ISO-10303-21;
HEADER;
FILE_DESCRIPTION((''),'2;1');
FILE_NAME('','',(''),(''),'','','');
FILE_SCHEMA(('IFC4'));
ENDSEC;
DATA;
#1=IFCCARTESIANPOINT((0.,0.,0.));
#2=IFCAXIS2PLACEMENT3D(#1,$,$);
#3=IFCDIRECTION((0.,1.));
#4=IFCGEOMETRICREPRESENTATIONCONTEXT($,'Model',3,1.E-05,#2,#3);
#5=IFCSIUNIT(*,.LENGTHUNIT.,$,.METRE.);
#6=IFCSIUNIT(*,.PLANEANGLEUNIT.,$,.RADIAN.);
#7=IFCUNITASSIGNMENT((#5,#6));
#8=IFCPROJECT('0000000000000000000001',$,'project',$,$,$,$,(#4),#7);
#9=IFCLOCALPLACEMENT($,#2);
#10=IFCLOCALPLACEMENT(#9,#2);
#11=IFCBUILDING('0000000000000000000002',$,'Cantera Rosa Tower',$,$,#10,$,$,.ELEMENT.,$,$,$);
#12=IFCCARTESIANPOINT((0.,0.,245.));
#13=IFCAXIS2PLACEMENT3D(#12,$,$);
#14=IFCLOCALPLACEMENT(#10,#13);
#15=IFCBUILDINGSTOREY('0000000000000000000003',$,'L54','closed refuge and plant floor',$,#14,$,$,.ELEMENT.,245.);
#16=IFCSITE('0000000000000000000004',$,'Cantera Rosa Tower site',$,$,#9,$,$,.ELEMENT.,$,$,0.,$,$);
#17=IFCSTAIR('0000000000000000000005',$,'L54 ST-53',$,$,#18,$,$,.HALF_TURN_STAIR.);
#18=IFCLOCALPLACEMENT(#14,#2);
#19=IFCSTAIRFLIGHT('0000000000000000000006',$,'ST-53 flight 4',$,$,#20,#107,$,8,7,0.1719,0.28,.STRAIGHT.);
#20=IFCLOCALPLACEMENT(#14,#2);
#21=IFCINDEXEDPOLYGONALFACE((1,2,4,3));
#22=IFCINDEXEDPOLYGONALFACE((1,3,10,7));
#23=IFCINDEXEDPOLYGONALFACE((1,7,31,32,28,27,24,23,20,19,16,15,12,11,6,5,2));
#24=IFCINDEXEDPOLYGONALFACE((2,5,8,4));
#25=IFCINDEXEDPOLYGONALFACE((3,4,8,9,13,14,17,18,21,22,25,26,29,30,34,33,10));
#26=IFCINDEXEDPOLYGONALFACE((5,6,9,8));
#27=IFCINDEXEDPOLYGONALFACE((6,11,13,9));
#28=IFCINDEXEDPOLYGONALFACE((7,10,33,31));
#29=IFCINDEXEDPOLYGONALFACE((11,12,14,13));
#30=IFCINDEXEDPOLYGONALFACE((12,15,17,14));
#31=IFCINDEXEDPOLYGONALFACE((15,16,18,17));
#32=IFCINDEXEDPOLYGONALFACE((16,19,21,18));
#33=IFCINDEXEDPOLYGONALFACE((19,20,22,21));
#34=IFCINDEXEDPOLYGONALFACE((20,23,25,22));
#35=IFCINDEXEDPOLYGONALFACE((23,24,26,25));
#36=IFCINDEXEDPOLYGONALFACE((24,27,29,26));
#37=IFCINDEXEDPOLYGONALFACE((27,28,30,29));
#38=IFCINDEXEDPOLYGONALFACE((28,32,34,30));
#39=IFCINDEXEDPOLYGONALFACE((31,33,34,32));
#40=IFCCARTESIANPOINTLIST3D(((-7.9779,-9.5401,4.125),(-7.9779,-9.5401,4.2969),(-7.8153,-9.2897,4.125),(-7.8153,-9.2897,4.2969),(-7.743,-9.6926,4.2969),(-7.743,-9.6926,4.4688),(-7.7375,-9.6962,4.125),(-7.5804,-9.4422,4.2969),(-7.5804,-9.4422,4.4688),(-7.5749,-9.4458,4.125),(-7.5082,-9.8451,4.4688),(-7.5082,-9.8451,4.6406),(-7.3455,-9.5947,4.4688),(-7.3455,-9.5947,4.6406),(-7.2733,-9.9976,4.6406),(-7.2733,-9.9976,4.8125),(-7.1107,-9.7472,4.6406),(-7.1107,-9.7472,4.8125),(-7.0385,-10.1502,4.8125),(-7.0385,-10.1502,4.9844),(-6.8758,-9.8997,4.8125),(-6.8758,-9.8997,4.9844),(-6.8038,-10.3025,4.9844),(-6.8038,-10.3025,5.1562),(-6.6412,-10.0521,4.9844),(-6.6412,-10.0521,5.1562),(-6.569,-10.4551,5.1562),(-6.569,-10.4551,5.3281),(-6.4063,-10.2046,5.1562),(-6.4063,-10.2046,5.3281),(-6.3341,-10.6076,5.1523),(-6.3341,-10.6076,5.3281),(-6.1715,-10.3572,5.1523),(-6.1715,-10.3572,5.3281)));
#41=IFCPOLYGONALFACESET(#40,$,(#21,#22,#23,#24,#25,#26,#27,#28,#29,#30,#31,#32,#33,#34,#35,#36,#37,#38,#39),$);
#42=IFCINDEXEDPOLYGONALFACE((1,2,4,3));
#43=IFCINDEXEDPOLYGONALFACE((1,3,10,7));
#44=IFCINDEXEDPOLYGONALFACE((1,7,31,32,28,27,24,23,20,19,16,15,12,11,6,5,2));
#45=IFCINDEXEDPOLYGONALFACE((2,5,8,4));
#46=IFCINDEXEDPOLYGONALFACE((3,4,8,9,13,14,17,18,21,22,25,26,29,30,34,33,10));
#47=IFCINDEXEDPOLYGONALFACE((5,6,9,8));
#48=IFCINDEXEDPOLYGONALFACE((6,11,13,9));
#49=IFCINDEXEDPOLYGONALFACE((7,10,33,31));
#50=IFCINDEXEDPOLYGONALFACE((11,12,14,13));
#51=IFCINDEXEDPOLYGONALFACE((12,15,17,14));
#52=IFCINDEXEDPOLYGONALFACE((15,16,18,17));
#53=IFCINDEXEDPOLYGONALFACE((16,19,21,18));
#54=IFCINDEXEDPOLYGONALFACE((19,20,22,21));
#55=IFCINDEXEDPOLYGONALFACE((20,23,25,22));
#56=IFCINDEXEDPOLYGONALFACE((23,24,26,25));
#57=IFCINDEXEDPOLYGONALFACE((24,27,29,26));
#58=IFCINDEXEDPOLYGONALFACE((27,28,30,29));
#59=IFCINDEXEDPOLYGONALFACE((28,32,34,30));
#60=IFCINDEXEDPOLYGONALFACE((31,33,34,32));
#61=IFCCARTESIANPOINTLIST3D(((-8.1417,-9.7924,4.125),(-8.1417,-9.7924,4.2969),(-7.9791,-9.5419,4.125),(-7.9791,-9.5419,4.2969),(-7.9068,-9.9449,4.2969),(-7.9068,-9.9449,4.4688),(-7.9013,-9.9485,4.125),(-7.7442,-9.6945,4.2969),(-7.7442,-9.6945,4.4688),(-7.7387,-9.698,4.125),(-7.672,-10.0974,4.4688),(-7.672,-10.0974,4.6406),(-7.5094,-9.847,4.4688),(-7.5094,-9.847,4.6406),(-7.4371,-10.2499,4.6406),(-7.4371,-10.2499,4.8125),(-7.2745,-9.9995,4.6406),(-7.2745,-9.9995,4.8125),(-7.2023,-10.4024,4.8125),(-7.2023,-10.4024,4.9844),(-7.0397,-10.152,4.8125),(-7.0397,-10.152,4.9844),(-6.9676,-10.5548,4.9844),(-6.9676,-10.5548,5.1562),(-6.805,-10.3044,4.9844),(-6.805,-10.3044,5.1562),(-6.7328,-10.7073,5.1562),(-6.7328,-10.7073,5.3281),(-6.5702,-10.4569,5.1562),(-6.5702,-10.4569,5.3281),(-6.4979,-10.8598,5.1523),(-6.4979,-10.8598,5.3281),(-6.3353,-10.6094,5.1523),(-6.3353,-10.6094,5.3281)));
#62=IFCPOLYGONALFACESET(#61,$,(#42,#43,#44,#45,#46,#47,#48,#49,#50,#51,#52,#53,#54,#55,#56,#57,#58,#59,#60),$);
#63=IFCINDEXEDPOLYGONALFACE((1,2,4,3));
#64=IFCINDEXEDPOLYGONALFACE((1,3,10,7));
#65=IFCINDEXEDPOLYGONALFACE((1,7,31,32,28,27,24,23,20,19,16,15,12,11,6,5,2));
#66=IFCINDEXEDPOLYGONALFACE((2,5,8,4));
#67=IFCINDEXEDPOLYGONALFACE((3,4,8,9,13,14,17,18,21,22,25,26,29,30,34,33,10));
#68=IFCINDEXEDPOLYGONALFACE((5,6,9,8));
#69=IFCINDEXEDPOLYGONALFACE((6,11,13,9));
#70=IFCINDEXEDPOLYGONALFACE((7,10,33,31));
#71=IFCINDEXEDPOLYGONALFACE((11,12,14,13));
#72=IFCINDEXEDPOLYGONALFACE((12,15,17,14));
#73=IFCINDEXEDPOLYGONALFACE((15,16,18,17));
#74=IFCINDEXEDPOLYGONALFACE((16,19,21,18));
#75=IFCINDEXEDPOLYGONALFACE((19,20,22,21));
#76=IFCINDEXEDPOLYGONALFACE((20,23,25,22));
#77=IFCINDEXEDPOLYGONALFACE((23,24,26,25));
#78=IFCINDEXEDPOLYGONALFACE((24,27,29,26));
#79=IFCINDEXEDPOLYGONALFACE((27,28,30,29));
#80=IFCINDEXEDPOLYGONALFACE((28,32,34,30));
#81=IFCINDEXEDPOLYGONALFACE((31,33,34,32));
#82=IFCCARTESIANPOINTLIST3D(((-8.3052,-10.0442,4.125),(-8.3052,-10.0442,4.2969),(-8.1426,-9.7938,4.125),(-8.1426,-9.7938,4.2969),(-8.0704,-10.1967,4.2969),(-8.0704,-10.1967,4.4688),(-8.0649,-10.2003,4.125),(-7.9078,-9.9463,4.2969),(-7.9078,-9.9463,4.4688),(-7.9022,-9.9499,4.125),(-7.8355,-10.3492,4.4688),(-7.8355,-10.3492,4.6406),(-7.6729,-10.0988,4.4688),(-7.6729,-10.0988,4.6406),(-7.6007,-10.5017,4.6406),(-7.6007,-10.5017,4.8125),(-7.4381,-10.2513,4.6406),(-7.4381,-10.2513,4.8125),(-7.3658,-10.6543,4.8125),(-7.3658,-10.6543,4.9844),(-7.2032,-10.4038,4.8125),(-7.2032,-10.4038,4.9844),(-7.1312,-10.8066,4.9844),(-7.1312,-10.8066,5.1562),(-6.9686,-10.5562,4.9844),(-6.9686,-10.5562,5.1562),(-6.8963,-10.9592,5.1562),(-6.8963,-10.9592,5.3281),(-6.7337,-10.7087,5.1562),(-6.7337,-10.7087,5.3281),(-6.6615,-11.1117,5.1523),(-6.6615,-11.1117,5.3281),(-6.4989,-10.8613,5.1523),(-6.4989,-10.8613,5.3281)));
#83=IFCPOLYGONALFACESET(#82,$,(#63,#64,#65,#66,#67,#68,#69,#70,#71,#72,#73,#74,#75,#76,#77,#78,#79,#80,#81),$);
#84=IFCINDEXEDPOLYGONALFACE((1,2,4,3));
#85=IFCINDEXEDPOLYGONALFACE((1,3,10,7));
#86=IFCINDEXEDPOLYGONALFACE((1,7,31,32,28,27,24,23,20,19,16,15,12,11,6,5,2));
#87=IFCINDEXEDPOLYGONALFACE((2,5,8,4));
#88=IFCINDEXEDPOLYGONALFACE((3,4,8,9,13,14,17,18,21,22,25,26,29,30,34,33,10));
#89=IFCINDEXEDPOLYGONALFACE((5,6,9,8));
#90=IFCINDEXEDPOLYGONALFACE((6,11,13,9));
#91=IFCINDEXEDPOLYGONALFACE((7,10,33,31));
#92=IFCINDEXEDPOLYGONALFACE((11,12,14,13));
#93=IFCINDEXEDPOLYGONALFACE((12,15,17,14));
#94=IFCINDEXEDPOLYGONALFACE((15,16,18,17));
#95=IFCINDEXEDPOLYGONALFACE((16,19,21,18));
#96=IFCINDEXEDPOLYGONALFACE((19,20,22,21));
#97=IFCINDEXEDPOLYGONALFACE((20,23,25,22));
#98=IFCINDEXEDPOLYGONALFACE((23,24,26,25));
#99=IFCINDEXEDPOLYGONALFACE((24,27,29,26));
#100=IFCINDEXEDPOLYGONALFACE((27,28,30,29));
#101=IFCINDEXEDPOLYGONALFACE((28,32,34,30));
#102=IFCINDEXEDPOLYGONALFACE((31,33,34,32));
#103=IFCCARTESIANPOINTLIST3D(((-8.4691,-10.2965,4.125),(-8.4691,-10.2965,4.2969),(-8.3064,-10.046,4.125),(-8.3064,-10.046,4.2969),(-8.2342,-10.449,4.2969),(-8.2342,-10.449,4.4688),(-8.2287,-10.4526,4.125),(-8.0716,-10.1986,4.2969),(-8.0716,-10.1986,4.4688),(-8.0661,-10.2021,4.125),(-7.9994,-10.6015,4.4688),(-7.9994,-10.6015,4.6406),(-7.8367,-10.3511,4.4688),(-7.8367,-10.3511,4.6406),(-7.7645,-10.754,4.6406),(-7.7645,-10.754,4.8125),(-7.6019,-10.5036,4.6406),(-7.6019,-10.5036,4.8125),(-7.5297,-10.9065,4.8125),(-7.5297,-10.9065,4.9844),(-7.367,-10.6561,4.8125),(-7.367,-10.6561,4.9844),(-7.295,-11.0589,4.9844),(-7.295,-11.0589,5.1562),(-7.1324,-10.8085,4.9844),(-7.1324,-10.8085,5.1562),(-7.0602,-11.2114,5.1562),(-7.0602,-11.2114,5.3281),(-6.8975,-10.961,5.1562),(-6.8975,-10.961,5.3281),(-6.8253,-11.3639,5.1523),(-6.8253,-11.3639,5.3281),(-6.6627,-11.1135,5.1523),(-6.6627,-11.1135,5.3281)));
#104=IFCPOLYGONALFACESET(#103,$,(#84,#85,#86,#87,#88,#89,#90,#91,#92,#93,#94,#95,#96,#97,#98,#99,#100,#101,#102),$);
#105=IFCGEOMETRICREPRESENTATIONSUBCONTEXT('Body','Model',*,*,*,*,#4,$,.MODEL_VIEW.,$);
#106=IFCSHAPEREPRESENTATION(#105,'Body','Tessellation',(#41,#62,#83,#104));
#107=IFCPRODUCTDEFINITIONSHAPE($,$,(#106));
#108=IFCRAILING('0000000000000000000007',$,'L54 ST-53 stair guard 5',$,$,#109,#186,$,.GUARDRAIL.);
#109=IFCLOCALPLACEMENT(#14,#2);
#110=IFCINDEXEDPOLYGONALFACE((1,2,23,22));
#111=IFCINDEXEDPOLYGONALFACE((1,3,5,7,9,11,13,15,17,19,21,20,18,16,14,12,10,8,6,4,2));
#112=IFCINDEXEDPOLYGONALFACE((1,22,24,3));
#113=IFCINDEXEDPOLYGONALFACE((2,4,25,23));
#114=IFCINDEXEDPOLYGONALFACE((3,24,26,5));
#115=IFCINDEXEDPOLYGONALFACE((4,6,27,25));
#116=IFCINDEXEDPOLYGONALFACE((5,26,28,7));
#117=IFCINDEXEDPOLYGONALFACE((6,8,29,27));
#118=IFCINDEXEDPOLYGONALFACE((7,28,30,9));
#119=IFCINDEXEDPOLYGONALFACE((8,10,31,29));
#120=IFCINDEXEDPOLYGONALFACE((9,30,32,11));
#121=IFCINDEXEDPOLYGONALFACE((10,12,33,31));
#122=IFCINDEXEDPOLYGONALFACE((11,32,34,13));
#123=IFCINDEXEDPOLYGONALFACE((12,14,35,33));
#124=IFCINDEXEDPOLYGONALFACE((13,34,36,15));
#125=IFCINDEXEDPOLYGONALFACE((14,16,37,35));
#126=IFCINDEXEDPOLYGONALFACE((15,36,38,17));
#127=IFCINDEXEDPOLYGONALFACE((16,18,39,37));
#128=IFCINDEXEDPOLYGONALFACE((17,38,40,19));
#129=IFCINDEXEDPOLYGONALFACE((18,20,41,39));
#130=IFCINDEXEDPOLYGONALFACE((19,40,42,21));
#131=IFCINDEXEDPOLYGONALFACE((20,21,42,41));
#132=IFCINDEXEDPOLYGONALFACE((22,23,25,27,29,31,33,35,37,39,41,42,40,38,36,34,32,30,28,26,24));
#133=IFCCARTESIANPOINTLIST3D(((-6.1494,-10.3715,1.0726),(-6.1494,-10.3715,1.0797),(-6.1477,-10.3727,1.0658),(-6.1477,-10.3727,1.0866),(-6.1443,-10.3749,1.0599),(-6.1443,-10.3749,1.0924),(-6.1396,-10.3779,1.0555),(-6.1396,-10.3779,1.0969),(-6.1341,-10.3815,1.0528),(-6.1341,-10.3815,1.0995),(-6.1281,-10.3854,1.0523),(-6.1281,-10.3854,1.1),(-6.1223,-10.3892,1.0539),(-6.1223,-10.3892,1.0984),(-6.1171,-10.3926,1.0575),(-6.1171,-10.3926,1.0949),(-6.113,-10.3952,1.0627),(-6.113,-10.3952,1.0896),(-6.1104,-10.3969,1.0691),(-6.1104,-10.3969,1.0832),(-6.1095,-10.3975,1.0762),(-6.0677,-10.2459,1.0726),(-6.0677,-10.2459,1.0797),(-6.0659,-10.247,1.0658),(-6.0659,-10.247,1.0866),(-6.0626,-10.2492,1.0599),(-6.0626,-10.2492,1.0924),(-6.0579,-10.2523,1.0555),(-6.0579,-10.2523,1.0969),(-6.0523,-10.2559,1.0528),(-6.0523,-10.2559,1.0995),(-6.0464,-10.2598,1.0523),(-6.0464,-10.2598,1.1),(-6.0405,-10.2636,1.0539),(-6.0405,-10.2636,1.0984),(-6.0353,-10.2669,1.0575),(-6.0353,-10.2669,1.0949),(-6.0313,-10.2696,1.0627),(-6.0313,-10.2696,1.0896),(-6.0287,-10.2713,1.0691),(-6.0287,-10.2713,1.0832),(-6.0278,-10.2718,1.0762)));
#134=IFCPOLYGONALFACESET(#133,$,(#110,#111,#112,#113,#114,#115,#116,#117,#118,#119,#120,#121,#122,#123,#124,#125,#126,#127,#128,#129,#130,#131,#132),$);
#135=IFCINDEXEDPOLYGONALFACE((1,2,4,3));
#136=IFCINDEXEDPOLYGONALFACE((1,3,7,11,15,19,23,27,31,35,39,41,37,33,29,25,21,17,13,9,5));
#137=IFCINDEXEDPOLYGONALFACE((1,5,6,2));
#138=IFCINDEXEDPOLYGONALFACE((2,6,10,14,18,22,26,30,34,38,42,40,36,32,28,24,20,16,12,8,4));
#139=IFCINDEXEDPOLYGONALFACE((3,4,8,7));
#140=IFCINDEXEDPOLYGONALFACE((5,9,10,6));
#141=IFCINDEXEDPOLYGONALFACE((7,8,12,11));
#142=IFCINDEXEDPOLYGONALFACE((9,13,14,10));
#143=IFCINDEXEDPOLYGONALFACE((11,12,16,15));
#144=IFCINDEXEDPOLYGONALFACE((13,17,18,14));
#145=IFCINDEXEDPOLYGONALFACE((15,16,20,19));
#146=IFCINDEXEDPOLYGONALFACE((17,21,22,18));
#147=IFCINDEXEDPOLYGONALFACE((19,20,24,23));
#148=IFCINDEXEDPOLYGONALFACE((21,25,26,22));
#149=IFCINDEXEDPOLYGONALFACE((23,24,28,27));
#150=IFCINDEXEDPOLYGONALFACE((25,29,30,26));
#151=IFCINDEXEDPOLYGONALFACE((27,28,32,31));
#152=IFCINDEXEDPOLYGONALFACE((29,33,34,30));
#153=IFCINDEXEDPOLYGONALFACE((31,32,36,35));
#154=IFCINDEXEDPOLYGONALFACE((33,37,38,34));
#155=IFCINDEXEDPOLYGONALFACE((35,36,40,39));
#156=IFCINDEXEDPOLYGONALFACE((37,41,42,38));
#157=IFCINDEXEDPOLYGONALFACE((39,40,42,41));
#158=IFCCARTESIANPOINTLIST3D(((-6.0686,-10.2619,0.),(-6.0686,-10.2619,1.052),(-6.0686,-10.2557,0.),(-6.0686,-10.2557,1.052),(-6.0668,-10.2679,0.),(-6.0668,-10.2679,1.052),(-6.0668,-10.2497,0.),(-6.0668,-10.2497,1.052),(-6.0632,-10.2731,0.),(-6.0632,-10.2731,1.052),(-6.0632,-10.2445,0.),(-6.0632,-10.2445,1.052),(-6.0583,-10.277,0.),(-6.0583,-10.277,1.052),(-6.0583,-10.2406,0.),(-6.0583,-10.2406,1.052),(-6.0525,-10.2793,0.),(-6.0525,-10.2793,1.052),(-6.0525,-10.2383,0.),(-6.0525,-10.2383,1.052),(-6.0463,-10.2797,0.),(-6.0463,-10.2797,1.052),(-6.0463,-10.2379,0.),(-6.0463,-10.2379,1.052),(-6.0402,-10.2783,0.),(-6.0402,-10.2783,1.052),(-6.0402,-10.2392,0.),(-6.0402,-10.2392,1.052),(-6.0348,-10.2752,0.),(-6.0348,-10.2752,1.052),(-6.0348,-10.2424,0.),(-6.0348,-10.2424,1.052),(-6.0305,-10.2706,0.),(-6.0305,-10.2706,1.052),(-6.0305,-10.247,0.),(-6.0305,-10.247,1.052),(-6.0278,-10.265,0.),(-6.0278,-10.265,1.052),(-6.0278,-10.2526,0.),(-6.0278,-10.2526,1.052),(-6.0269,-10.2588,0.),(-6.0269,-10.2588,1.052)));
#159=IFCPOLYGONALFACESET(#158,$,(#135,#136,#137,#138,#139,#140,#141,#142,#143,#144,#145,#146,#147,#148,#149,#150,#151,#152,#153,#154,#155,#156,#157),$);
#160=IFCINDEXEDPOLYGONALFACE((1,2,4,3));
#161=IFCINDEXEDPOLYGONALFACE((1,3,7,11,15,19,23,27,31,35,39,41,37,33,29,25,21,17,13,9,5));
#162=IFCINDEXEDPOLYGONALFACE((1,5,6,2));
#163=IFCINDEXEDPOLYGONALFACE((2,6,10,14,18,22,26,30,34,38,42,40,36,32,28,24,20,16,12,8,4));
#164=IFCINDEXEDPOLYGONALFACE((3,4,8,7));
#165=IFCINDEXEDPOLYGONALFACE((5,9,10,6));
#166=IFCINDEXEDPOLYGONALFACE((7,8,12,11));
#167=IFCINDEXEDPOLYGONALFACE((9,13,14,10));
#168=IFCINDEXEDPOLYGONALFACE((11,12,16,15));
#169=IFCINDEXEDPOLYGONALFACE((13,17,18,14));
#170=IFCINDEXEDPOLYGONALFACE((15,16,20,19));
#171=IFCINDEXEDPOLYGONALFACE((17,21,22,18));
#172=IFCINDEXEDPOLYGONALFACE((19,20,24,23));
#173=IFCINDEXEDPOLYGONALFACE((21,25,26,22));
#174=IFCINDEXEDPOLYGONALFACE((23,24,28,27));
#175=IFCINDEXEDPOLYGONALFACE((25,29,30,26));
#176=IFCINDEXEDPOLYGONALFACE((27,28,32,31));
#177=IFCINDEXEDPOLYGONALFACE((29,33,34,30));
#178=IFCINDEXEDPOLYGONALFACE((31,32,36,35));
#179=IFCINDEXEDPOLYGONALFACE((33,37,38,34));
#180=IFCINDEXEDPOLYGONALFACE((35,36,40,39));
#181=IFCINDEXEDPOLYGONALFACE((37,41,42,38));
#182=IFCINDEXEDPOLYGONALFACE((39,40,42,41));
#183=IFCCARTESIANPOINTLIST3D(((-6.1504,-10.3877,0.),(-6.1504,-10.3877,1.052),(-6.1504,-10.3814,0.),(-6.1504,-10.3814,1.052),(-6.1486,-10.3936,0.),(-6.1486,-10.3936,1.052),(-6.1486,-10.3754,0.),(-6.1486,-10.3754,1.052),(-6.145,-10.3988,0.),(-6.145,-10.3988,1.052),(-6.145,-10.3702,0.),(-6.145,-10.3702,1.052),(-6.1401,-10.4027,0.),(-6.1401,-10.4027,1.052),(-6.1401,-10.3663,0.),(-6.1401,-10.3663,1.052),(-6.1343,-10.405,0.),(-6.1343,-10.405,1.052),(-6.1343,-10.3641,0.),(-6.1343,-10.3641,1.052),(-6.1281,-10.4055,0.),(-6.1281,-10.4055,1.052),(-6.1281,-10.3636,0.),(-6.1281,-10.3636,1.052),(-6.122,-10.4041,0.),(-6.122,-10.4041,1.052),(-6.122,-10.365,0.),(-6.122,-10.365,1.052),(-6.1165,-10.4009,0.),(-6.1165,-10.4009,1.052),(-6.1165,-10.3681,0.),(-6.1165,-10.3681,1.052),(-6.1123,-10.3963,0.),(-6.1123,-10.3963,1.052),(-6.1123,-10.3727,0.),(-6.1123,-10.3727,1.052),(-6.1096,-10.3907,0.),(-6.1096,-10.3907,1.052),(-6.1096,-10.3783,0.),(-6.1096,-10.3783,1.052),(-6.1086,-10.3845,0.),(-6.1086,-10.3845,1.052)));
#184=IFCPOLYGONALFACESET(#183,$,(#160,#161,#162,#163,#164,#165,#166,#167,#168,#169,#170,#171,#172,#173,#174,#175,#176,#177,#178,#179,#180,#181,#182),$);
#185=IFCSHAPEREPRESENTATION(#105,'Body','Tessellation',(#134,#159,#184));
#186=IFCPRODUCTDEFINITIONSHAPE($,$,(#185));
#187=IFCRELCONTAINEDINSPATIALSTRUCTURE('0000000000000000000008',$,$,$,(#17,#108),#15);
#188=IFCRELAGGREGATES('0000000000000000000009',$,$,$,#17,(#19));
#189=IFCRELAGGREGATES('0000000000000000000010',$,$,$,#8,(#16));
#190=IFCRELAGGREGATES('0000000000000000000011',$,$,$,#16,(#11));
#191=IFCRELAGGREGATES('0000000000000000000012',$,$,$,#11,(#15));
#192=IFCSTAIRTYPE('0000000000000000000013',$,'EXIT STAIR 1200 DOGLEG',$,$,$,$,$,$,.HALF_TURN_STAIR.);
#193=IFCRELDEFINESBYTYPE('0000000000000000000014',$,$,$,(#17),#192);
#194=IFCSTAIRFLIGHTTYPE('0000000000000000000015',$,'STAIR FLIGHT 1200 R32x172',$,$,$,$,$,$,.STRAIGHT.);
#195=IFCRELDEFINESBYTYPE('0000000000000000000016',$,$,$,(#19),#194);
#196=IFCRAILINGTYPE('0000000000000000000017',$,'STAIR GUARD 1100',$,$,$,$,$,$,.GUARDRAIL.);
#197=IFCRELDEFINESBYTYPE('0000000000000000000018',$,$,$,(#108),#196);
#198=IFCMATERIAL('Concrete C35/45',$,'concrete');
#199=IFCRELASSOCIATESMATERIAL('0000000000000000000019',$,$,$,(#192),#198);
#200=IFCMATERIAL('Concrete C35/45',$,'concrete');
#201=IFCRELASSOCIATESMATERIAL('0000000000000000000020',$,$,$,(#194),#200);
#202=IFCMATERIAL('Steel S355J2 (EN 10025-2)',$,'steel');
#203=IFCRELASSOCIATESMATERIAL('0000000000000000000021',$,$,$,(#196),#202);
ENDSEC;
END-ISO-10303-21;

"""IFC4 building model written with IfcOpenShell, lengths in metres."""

from ifc_helpers import new_model, si_unit, direction, frame, origin, origin_2d, place, context, subcontext, project, spatial, polyline, circle, outline, extrude, material, type_object, element, aggregate, save


model = new_model("IFC4")

# Units and contexts
model_context = context("Model", 3, precision=1e-05, world=origin(), true_north=direction((0.0, 1.0)))
body_context = subcontext(model_context, "Body", "Model", "MODEL_VIEW")
ifc_project = project(units=[si_unit("LENGTHUNIT", "METRE"), si_unit("PLANEANGLEUNIT", "RADIAN")], contexts=[model_context])

# Site, building, storey
site_placement = place(None, origin())
site = spatial("IfcSite", under=ifc_project, at=site_placement, Name="Cantera Rosa Tower site", CompositionType="ELEMENT", RefElevation=0.0)
building_placement = place(site_placement, origin())
building = spatial("IfcBuilding", under=site, at=building_placement, Name="Cantera Rosa Tower", CompositionType="ELEMENT")
storey_placement = place(building_placement, frame((0.0, 0.0, 245.0)))
storey = spatial("IfcBuildingStorey", under=building, at=storey_placement, Name="L54", Description="closed refuge and plant floor", CompositionType="ELEMENT", Elevation=245.0)

# Stair, stair flight
ifc_material_1 = material(Name="Concrete C35/45", Category="concrete")
stair_type = type_object("IfcStairType", Name="EXIT STAIR 1200 DOGLEG", PredefinedType="HALF_TURN_STAIR", material=ifc_material_1)
stair_placement = place(storey_placement, origin())
stair = element("IfcStair", 1, at=stair_placement, inside=storey, type_object=stair_type, Name="L54 ST-53", PredefinedType="HALF_TURN_STAIR")
ifc_material_2 = material(Name="Concrete C35/45", Category="concrete")
stair_flight_type = type_object("IfcStairFlightType", Name="STAIR FLIGHT 1200 R32x172", PredefinedType="STRAIGHT", material=ifc_material_2)
stair_flight_1_placement = place(storey_placement, frame((-8.1421, -9.793, 4.125), z_axis=(0.0, 0.0, 1.0), x_axis=(0.838671, -0.544639, 0.0)))
stair_flight_1 = element("IfcStairFlight", 2, at=stair_flight_1_placement, type_object=stair_flight_type, Name="ST-53 flight 4", NumberOfRisers=8, NumberOfTreads=7, PredefinedType="STRAIGHT", RiserHeight=0.1719, TreadLength=0.28, context=body_context, shape_type="SweptSolid", body=[
    extrude(outline(polyline([(0.0, 0.0), (0.0, 0.1719), (0.28, 0.1719), (0.28, 0.3438), (0.5601, 0.3438), (0.5601, 0.5156), (0.8401, 0.5156), (0.8401, 0.6875), (1.1201, 0.6875), (1.1201, 0.8594), (1.3999, 0.8594), (1.3999, 1.0312), (1.6799, 1.0312), (1.6799, 1.2031), (1.96, 1.2031), (1.96, 1.375), (1.96, 1.0273), (0.2866, 0.0), (0.0, 0.0)])), frame((0.0, 0.6001, 0.0), z_axis=(0.0, -1.0, 0.0), x_axis=(1.0, 0.0, 0.0)), (0.0, 0.0, 1.0), 0.2986),
    extrude(outline(polyline([(0.0, 0.0), (0.0, 0.1719), (0.28, 0.1719), (0.28, 0.3438), (0.5601, 0.3438), (0.5601, 0.5156), (0.8401, 0.5156), (0.8401, 0.6875), (1.1201, 0.6875), (1.1201, 0.8594), (1.3999, 0.8594), (1.3999, 1.0312), (1.6799, 1.0312), (1.6799, 1.2031), (1.96, 1.2031), (1.96, 1.375), (1.96, 1.0273), (0.2866, 0.0), (0.0, 0.0)])), frame((0.0, 0.2993, 0.0), z_axis=(0.0, -1.0, 0.0), x_axis=(1.0, 0.0, 0.0)), (0.0, 0.0, 1.0), 0.2986),
    extrude(outline(polyline([(0.0, 0.0), (0.0, 0.1719), (0.28, 0.1719), (0.28, 0.3438), (0.5601, 0.3438), (0.5601, 0.5156), (0.8401, 0.5156), (0.8401, 0.6875), (1.1201, 0.6875), (1.1201, 0.8594), (1.3999, 0.8594), (1.3999, 1.0312), (1.6799, 1.0312), (1.6799, 1.2031), (1.96, 1.2031), (1.96, 1.375), (1.96, 1.0273), (0.2866, 0.0), (0.0, 0.0)])), frame((0.0, -0.001, 0.0), z_axis=(0.0, -1.0, 0.0), x_axis=(1.0, 0.0, 0.0)), (0.0, 0.0, 1.0), 0.2986),
    extrude(outline(polyline([(0.0, 0.0), (0.0, 0.1719), (0.28, 0.1719), (0.28, 0.3438), (0.5601, 0.3438), (0.5601, 0.5156), (0.8401, 0.5156), (0.8401, 0.6875), (1.1201, 0.6875), (1.1201, 0.8594), (1.3999, 0.8594), (1.3999, 1.0312), (1.6799, 1.0312), (1.6799, 1.2031), (1.96, 1.2031), (1.96, 1.375), (1.96, 1.0273), (0.2866, 0.0), (0.0, 0.0)])), frame((0.0, -0.3018, 0.0), z_axis=(0.0, -1.0, 0.0), x_axis=(1.0, 0.0, 0.0)), (0.0, 0.0, 1.0), 0.2986),
])
aggregate(stair, [stair_flight_1])

# Railing
ifc_material_3 = material(Name="Steel S355J2 (EN 10025-2)", Category="steel")
railing_type_1 = type_object("IfcRailingType", Name="STAIR GUARD 1100", PredefinedType="GUARDRAIL", material=ifc_material_3)
railing_placement = place(storey_placement, frame((-6.0479, -10.2588, 0.0)))
element("IfcRailing", 3, at=railing_placement, inside=storey, type_object=railing_type_1, Name="L54 ST-53 stair guard 5", PredefinedType="GUARDRAIL", context=body_context, shape_type="SweptSolid", body=[
    extrude(circle(Radius=0.0239, at=origin_2d()), frame((0.0, 0.0, 1.0762), z_axis=(-0.545274, -0.838258, 0.0), x_axis=(0.838258, -0.545274, 0.0)), (0.0, 0.0, 1.0), 0.1499),
    extrude(circle(Radius=0.021, at=origin_2d()), origin(), (0.0, 0.0, 1.0), 1.052),
    extrude(circle(Radius=0.021, at=origin_2d()), frame((-0.0818, -0.1257, 0.0)), (0.0, 0.0, 1.0), 1.052),
])

save(model, "model.ifc")
